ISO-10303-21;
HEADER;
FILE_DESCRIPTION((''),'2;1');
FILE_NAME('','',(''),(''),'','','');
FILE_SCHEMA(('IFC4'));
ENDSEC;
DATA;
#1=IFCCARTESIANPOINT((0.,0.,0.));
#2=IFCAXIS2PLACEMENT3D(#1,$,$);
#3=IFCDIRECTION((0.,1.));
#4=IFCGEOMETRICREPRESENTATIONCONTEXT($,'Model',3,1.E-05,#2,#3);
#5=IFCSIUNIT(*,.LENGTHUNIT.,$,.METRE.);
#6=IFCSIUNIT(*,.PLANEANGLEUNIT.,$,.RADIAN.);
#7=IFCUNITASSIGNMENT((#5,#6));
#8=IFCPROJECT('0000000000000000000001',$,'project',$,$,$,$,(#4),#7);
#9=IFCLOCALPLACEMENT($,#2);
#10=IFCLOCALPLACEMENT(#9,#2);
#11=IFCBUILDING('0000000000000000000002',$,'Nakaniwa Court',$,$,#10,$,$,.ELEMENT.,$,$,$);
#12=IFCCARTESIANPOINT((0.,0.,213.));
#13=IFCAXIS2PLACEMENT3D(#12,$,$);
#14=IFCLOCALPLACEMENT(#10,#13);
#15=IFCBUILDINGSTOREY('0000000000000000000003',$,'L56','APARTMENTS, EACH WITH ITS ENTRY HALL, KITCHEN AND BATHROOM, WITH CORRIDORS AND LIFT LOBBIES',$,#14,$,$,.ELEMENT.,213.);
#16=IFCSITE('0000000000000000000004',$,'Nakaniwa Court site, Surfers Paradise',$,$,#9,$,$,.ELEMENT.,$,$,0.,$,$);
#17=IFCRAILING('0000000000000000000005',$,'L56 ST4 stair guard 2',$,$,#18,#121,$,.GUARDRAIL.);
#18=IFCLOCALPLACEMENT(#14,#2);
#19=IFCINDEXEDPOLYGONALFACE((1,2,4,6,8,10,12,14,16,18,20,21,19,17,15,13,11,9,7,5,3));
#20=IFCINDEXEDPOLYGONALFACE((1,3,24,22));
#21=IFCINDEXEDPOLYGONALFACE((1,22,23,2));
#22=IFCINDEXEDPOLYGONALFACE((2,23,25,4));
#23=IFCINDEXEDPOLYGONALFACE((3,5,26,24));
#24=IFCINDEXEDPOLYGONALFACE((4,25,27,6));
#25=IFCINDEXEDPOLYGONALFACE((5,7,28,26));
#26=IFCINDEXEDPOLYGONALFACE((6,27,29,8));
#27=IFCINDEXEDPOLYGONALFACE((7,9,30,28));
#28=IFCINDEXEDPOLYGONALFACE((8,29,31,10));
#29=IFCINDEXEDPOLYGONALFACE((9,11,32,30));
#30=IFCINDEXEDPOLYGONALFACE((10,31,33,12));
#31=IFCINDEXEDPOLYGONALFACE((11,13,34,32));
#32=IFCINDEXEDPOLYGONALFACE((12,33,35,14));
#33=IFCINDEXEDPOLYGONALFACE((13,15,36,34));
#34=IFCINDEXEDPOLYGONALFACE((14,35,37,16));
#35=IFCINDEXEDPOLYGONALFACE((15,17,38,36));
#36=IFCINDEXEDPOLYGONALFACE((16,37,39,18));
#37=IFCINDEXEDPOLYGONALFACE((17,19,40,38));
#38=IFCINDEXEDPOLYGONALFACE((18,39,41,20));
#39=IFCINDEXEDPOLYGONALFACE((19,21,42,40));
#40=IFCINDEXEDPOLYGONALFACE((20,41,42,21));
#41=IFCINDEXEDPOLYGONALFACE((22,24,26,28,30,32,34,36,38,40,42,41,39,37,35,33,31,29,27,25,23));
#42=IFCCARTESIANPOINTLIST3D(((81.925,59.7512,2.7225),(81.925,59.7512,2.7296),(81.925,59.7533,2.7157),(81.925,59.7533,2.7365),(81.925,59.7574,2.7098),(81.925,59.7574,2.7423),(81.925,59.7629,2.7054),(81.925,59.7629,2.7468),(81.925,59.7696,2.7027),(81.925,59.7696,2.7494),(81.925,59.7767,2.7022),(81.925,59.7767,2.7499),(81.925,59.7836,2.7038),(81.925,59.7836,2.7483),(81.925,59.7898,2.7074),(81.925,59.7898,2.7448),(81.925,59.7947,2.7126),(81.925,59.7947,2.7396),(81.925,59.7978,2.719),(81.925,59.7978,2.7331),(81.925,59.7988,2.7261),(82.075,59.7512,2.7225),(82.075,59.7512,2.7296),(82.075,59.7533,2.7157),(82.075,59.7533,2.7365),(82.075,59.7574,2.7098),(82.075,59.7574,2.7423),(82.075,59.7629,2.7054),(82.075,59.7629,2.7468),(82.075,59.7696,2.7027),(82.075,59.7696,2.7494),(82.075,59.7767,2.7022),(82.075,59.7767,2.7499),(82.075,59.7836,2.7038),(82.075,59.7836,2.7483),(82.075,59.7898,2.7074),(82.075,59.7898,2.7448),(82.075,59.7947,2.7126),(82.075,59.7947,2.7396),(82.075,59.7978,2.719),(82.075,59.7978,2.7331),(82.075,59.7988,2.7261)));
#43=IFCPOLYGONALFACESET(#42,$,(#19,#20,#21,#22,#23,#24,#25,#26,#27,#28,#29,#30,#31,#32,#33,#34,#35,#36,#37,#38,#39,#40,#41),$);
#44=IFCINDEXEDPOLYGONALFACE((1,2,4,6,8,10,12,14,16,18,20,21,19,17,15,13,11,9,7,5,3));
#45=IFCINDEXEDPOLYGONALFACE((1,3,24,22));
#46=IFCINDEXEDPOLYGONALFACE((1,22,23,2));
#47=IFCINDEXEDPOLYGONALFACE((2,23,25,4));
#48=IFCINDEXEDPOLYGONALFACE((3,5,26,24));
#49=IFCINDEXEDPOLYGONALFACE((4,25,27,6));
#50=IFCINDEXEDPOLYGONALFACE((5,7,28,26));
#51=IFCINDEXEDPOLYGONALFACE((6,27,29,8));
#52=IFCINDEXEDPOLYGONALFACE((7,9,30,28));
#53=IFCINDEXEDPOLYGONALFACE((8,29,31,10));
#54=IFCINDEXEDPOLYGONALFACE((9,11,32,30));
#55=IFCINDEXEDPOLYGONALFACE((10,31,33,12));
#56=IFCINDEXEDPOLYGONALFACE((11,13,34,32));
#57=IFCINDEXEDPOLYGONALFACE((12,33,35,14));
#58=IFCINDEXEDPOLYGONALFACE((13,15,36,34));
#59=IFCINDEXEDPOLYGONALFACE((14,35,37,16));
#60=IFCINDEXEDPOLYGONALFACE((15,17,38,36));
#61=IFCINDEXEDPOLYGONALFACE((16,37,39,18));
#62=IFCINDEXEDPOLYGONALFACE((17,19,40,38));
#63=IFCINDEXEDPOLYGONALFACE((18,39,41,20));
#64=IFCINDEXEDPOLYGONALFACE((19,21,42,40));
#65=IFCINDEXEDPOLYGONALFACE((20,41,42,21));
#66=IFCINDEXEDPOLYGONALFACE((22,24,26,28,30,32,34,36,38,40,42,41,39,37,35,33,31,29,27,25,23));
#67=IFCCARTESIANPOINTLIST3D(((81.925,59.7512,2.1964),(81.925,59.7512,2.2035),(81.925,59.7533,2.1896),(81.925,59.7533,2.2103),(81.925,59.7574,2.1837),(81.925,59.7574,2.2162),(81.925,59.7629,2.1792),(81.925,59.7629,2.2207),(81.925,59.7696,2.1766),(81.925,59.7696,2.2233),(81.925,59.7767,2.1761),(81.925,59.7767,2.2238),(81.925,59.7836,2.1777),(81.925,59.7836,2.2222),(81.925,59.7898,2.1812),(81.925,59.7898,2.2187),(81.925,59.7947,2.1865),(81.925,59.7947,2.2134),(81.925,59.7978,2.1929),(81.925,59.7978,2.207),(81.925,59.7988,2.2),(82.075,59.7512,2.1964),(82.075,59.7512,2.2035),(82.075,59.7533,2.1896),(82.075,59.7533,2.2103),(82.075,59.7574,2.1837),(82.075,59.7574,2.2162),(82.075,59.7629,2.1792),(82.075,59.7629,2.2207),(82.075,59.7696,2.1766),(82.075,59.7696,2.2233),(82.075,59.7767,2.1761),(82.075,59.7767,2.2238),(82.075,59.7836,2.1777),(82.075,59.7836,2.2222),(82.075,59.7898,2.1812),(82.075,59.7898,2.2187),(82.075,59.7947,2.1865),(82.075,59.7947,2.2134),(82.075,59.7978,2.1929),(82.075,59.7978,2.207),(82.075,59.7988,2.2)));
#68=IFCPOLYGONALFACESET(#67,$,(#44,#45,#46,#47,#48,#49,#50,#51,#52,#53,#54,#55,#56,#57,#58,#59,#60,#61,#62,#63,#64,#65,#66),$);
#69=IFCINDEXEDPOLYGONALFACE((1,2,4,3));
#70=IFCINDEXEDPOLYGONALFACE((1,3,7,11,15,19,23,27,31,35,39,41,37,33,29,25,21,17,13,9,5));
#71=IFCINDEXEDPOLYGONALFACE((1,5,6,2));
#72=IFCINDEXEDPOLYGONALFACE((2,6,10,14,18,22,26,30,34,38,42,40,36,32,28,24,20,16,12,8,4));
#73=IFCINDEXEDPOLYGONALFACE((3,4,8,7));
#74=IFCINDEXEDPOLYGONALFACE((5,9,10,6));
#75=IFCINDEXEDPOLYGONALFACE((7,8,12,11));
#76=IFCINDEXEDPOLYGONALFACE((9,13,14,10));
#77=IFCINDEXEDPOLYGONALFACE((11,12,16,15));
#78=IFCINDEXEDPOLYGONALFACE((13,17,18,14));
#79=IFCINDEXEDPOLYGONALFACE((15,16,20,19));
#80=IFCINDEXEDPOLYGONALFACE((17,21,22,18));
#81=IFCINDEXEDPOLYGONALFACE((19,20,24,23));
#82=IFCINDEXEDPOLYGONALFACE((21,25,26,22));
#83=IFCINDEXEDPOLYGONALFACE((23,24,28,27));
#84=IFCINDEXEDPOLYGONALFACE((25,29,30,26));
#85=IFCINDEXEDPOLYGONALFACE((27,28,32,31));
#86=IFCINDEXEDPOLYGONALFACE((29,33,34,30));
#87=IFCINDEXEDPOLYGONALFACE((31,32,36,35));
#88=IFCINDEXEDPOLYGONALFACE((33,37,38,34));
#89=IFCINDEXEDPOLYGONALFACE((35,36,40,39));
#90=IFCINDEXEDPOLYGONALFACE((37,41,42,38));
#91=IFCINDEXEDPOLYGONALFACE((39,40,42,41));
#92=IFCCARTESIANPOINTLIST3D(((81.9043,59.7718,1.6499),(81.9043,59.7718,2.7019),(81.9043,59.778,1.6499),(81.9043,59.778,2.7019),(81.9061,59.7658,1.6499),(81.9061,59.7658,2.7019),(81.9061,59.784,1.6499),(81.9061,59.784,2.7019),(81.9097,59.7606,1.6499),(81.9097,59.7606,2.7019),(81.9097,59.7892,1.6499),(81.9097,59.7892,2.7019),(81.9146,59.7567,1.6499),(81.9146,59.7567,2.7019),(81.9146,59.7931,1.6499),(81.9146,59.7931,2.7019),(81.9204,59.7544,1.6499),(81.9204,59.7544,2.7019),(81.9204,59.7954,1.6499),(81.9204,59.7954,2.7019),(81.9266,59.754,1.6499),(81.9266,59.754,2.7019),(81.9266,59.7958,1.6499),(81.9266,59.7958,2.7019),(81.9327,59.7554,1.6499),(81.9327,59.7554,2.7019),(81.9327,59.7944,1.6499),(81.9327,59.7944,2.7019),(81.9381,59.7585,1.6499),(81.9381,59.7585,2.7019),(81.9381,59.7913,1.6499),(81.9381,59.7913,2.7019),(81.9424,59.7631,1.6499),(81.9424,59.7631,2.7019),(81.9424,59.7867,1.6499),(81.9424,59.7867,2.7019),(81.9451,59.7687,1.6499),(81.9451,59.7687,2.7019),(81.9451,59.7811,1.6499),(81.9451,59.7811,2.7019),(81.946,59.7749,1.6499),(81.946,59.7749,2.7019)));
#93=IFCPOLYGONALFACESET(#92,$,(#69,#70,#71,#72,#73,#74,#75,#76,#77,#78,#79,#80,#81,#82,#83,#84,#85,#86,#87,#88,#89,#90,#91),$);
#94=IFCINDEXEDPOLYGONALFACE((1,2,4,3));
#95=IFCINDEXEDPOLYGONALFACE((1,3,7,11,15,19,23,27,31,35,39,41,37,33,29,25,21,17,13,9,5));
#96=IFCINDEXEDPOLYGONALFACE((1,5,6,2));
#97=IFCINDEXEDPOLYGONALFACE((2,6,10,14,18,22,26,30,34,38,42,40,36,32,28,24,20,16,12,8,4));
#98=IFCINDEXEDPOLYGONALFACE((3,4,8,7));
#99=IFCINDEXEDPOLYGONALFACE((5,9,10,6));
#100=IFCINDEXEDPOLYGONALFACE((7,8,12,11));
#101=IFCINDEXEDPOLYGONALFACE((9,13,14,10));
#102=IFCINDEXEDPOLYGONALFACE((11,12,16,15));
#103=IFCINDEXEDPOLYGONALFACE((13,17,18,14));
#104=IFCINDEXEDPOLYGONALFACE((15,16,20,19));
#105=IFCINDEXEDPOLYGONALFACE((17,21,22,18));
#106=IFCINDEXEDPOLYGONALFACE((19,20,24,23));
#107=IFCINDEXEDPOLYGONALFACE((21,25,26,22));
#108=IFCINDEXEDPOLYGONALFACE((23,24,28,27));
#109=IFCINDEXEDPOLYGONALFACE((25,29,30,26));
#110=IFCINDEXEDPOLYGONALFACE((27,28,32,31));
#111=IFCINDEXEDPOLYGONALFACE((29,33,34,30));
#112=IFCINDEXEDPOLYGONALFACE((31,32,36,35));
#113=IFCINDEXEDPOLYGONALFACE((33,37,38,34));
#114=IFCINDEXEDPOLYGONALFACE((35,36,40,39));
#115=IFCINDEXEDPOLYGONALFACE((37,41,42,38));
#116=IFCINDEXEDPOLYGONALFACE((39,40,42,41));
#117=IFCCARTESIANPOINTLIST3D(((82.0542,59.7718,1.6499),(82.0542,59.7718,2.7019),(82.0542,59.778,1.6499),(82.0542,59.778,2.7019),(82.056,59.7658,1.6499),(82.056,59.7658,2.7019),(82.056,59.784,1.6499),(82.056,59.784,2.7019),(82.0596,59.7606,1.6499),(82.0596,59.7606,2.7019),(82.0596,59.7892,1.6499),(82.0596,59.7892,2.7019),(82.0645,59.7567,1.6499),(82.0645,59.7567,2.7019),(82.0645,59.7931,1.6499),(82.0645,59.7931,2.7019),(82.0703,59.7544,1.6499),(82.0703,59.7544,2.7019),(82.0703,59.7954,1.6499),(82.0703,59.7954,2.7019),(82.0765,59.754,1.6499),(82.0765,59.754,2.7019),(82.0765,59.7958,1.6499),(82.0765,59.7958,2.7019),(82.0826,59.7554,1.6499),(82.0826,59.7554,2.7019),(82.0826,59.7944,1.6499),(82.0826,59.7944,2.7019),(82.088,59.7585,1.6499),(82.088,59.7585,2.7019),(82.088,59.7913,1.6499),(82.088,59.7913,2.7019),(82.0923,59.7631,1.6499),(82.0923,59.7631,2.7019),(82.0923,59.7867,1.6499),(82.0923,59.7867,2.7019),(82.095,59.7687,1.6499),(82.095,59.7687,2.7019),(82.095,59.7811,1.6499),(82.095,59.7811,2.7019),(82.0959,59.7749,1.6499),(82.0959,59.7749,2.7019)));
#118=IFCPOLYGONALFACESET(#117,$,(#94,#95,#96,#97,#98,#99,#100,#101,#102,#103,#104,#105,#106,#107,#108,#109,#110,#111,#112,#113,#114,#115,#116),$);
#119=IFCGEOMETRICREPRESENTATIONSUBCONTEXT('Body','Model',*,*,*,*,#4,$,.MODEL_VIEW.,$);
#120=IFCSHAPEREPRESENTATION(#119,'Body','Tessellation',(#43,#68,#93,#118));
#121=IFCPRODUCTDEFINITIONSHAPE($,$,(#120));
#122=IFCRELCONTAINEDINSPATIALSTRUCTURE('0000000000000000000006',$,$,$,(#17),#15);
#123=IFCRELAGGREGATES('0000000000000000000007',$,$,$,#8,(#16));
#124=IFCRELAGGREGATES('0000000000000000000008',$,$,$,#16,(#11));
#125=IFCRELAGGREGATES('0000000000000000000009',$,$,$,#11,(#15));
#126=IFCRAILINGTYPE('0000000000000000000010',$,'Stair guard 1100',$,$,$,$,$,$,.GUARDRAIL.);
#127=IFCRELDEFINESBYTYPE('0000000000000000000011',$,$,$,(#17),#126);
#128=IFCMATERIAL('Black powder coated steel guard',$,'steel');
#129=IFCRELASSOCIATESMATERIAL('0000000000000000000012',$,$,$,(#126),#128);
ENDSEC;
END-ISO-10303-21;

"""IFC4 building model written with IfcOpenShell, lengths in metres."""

from ifc_helpers import new_model, si_unit, direction, frame, origin, origin_2d, place, context, subcontext, project, spatial, circle, extrude, material, type_object, element, save


model = new_model("IFC4")

# Units and contexts
model_context = context("Model", 3, precision=1e-05, world=origin(), true_north=direction((0.0, 1.0)))
body_context = subcontext(model_context, "Body", "Model", "MODEL_VIEW")
ifc_project = project(units=[si_unit("LENGTHUNIT", "METRE"), si_unit("PLANEANGLEUNIT", "RADIAN")], contexts=[model_context])

# Site, building, storey
site_placement = place(None, origin())
site = spatial("IfcSite", under=ifc_project, at=site_placement, Name="Nakaniwa Court site, Surfers Paradise", CompositionType="ELEMENT", RefElevation=0.0)
building_placement = place(site_placement, origin())
building = spatial("IfcBuilding", under=site, at=building_placement, Name="Nakaniwa Court", CompositionType="ELEMENT")
storey_placement = place(building_placement, frame((0.0, 0.0, 213.0)))
storey = spatial("IfcBuildingStorey", under=building, at=storey_placement, Name="L56", Description="APARTMENTS, EACH WITH ITS ENTRY HALL, KITCHEN AND BATHROOM, WITH CORRIDORS AND LIFT LOBBIES", CompositionType="ELEMENT", Elevation=213.0)

# Railing
ifc_material_1 = material(Name="Black powder coated steel guard", Category="steel")
railing_type_1 = type_object("IfcRailingType", Name="Stair guard 1100", PredefinedType="GUARDRAIL", material=ifc_material_1)
railing_1_placement = place(storey_placement, frame((81.925, 59.7749, 1.6499)))
element("IfcRailing", 1, at=railing_1_placement, inside=storey, type_object=railing_type_1, Name="L56 ST4 stair guard 2", PredefinedType="GUARDRAIL", context=body_context, shape_type="SweptSolid", body=[
    extrude(circle(Radius=0.0239, at=origin_2d()), frame((0.0, 0.0, 1.0762), z_axis=(1.0, 0.0, 0.0), x_axis=(0.0, 1.0, 0.0)), (0.0, 0.0, 1.0), 0.1499),
    extrude(circle(Radius=0.0239, at=origin_2d()), frame((0.0, 0.0, 0.55), z_axis=(1.0, 0.0, 0.0), x_axis=(0.0, 1.0, 0.0)), (0.0, 0.0, 1.0), 0.1499),
    extrude(circle(Radius=0.021, at=origin_2d()), origin(), (0.0, 0.0, 1.0), 1.052),
    extrude(circle(Radius=0.021, at=origin_2d()), frame((0.1499, 0.0, 0.0)), (0.0, 0.0, 1.0), 1.052),
])

save(model, "model.ifc")
